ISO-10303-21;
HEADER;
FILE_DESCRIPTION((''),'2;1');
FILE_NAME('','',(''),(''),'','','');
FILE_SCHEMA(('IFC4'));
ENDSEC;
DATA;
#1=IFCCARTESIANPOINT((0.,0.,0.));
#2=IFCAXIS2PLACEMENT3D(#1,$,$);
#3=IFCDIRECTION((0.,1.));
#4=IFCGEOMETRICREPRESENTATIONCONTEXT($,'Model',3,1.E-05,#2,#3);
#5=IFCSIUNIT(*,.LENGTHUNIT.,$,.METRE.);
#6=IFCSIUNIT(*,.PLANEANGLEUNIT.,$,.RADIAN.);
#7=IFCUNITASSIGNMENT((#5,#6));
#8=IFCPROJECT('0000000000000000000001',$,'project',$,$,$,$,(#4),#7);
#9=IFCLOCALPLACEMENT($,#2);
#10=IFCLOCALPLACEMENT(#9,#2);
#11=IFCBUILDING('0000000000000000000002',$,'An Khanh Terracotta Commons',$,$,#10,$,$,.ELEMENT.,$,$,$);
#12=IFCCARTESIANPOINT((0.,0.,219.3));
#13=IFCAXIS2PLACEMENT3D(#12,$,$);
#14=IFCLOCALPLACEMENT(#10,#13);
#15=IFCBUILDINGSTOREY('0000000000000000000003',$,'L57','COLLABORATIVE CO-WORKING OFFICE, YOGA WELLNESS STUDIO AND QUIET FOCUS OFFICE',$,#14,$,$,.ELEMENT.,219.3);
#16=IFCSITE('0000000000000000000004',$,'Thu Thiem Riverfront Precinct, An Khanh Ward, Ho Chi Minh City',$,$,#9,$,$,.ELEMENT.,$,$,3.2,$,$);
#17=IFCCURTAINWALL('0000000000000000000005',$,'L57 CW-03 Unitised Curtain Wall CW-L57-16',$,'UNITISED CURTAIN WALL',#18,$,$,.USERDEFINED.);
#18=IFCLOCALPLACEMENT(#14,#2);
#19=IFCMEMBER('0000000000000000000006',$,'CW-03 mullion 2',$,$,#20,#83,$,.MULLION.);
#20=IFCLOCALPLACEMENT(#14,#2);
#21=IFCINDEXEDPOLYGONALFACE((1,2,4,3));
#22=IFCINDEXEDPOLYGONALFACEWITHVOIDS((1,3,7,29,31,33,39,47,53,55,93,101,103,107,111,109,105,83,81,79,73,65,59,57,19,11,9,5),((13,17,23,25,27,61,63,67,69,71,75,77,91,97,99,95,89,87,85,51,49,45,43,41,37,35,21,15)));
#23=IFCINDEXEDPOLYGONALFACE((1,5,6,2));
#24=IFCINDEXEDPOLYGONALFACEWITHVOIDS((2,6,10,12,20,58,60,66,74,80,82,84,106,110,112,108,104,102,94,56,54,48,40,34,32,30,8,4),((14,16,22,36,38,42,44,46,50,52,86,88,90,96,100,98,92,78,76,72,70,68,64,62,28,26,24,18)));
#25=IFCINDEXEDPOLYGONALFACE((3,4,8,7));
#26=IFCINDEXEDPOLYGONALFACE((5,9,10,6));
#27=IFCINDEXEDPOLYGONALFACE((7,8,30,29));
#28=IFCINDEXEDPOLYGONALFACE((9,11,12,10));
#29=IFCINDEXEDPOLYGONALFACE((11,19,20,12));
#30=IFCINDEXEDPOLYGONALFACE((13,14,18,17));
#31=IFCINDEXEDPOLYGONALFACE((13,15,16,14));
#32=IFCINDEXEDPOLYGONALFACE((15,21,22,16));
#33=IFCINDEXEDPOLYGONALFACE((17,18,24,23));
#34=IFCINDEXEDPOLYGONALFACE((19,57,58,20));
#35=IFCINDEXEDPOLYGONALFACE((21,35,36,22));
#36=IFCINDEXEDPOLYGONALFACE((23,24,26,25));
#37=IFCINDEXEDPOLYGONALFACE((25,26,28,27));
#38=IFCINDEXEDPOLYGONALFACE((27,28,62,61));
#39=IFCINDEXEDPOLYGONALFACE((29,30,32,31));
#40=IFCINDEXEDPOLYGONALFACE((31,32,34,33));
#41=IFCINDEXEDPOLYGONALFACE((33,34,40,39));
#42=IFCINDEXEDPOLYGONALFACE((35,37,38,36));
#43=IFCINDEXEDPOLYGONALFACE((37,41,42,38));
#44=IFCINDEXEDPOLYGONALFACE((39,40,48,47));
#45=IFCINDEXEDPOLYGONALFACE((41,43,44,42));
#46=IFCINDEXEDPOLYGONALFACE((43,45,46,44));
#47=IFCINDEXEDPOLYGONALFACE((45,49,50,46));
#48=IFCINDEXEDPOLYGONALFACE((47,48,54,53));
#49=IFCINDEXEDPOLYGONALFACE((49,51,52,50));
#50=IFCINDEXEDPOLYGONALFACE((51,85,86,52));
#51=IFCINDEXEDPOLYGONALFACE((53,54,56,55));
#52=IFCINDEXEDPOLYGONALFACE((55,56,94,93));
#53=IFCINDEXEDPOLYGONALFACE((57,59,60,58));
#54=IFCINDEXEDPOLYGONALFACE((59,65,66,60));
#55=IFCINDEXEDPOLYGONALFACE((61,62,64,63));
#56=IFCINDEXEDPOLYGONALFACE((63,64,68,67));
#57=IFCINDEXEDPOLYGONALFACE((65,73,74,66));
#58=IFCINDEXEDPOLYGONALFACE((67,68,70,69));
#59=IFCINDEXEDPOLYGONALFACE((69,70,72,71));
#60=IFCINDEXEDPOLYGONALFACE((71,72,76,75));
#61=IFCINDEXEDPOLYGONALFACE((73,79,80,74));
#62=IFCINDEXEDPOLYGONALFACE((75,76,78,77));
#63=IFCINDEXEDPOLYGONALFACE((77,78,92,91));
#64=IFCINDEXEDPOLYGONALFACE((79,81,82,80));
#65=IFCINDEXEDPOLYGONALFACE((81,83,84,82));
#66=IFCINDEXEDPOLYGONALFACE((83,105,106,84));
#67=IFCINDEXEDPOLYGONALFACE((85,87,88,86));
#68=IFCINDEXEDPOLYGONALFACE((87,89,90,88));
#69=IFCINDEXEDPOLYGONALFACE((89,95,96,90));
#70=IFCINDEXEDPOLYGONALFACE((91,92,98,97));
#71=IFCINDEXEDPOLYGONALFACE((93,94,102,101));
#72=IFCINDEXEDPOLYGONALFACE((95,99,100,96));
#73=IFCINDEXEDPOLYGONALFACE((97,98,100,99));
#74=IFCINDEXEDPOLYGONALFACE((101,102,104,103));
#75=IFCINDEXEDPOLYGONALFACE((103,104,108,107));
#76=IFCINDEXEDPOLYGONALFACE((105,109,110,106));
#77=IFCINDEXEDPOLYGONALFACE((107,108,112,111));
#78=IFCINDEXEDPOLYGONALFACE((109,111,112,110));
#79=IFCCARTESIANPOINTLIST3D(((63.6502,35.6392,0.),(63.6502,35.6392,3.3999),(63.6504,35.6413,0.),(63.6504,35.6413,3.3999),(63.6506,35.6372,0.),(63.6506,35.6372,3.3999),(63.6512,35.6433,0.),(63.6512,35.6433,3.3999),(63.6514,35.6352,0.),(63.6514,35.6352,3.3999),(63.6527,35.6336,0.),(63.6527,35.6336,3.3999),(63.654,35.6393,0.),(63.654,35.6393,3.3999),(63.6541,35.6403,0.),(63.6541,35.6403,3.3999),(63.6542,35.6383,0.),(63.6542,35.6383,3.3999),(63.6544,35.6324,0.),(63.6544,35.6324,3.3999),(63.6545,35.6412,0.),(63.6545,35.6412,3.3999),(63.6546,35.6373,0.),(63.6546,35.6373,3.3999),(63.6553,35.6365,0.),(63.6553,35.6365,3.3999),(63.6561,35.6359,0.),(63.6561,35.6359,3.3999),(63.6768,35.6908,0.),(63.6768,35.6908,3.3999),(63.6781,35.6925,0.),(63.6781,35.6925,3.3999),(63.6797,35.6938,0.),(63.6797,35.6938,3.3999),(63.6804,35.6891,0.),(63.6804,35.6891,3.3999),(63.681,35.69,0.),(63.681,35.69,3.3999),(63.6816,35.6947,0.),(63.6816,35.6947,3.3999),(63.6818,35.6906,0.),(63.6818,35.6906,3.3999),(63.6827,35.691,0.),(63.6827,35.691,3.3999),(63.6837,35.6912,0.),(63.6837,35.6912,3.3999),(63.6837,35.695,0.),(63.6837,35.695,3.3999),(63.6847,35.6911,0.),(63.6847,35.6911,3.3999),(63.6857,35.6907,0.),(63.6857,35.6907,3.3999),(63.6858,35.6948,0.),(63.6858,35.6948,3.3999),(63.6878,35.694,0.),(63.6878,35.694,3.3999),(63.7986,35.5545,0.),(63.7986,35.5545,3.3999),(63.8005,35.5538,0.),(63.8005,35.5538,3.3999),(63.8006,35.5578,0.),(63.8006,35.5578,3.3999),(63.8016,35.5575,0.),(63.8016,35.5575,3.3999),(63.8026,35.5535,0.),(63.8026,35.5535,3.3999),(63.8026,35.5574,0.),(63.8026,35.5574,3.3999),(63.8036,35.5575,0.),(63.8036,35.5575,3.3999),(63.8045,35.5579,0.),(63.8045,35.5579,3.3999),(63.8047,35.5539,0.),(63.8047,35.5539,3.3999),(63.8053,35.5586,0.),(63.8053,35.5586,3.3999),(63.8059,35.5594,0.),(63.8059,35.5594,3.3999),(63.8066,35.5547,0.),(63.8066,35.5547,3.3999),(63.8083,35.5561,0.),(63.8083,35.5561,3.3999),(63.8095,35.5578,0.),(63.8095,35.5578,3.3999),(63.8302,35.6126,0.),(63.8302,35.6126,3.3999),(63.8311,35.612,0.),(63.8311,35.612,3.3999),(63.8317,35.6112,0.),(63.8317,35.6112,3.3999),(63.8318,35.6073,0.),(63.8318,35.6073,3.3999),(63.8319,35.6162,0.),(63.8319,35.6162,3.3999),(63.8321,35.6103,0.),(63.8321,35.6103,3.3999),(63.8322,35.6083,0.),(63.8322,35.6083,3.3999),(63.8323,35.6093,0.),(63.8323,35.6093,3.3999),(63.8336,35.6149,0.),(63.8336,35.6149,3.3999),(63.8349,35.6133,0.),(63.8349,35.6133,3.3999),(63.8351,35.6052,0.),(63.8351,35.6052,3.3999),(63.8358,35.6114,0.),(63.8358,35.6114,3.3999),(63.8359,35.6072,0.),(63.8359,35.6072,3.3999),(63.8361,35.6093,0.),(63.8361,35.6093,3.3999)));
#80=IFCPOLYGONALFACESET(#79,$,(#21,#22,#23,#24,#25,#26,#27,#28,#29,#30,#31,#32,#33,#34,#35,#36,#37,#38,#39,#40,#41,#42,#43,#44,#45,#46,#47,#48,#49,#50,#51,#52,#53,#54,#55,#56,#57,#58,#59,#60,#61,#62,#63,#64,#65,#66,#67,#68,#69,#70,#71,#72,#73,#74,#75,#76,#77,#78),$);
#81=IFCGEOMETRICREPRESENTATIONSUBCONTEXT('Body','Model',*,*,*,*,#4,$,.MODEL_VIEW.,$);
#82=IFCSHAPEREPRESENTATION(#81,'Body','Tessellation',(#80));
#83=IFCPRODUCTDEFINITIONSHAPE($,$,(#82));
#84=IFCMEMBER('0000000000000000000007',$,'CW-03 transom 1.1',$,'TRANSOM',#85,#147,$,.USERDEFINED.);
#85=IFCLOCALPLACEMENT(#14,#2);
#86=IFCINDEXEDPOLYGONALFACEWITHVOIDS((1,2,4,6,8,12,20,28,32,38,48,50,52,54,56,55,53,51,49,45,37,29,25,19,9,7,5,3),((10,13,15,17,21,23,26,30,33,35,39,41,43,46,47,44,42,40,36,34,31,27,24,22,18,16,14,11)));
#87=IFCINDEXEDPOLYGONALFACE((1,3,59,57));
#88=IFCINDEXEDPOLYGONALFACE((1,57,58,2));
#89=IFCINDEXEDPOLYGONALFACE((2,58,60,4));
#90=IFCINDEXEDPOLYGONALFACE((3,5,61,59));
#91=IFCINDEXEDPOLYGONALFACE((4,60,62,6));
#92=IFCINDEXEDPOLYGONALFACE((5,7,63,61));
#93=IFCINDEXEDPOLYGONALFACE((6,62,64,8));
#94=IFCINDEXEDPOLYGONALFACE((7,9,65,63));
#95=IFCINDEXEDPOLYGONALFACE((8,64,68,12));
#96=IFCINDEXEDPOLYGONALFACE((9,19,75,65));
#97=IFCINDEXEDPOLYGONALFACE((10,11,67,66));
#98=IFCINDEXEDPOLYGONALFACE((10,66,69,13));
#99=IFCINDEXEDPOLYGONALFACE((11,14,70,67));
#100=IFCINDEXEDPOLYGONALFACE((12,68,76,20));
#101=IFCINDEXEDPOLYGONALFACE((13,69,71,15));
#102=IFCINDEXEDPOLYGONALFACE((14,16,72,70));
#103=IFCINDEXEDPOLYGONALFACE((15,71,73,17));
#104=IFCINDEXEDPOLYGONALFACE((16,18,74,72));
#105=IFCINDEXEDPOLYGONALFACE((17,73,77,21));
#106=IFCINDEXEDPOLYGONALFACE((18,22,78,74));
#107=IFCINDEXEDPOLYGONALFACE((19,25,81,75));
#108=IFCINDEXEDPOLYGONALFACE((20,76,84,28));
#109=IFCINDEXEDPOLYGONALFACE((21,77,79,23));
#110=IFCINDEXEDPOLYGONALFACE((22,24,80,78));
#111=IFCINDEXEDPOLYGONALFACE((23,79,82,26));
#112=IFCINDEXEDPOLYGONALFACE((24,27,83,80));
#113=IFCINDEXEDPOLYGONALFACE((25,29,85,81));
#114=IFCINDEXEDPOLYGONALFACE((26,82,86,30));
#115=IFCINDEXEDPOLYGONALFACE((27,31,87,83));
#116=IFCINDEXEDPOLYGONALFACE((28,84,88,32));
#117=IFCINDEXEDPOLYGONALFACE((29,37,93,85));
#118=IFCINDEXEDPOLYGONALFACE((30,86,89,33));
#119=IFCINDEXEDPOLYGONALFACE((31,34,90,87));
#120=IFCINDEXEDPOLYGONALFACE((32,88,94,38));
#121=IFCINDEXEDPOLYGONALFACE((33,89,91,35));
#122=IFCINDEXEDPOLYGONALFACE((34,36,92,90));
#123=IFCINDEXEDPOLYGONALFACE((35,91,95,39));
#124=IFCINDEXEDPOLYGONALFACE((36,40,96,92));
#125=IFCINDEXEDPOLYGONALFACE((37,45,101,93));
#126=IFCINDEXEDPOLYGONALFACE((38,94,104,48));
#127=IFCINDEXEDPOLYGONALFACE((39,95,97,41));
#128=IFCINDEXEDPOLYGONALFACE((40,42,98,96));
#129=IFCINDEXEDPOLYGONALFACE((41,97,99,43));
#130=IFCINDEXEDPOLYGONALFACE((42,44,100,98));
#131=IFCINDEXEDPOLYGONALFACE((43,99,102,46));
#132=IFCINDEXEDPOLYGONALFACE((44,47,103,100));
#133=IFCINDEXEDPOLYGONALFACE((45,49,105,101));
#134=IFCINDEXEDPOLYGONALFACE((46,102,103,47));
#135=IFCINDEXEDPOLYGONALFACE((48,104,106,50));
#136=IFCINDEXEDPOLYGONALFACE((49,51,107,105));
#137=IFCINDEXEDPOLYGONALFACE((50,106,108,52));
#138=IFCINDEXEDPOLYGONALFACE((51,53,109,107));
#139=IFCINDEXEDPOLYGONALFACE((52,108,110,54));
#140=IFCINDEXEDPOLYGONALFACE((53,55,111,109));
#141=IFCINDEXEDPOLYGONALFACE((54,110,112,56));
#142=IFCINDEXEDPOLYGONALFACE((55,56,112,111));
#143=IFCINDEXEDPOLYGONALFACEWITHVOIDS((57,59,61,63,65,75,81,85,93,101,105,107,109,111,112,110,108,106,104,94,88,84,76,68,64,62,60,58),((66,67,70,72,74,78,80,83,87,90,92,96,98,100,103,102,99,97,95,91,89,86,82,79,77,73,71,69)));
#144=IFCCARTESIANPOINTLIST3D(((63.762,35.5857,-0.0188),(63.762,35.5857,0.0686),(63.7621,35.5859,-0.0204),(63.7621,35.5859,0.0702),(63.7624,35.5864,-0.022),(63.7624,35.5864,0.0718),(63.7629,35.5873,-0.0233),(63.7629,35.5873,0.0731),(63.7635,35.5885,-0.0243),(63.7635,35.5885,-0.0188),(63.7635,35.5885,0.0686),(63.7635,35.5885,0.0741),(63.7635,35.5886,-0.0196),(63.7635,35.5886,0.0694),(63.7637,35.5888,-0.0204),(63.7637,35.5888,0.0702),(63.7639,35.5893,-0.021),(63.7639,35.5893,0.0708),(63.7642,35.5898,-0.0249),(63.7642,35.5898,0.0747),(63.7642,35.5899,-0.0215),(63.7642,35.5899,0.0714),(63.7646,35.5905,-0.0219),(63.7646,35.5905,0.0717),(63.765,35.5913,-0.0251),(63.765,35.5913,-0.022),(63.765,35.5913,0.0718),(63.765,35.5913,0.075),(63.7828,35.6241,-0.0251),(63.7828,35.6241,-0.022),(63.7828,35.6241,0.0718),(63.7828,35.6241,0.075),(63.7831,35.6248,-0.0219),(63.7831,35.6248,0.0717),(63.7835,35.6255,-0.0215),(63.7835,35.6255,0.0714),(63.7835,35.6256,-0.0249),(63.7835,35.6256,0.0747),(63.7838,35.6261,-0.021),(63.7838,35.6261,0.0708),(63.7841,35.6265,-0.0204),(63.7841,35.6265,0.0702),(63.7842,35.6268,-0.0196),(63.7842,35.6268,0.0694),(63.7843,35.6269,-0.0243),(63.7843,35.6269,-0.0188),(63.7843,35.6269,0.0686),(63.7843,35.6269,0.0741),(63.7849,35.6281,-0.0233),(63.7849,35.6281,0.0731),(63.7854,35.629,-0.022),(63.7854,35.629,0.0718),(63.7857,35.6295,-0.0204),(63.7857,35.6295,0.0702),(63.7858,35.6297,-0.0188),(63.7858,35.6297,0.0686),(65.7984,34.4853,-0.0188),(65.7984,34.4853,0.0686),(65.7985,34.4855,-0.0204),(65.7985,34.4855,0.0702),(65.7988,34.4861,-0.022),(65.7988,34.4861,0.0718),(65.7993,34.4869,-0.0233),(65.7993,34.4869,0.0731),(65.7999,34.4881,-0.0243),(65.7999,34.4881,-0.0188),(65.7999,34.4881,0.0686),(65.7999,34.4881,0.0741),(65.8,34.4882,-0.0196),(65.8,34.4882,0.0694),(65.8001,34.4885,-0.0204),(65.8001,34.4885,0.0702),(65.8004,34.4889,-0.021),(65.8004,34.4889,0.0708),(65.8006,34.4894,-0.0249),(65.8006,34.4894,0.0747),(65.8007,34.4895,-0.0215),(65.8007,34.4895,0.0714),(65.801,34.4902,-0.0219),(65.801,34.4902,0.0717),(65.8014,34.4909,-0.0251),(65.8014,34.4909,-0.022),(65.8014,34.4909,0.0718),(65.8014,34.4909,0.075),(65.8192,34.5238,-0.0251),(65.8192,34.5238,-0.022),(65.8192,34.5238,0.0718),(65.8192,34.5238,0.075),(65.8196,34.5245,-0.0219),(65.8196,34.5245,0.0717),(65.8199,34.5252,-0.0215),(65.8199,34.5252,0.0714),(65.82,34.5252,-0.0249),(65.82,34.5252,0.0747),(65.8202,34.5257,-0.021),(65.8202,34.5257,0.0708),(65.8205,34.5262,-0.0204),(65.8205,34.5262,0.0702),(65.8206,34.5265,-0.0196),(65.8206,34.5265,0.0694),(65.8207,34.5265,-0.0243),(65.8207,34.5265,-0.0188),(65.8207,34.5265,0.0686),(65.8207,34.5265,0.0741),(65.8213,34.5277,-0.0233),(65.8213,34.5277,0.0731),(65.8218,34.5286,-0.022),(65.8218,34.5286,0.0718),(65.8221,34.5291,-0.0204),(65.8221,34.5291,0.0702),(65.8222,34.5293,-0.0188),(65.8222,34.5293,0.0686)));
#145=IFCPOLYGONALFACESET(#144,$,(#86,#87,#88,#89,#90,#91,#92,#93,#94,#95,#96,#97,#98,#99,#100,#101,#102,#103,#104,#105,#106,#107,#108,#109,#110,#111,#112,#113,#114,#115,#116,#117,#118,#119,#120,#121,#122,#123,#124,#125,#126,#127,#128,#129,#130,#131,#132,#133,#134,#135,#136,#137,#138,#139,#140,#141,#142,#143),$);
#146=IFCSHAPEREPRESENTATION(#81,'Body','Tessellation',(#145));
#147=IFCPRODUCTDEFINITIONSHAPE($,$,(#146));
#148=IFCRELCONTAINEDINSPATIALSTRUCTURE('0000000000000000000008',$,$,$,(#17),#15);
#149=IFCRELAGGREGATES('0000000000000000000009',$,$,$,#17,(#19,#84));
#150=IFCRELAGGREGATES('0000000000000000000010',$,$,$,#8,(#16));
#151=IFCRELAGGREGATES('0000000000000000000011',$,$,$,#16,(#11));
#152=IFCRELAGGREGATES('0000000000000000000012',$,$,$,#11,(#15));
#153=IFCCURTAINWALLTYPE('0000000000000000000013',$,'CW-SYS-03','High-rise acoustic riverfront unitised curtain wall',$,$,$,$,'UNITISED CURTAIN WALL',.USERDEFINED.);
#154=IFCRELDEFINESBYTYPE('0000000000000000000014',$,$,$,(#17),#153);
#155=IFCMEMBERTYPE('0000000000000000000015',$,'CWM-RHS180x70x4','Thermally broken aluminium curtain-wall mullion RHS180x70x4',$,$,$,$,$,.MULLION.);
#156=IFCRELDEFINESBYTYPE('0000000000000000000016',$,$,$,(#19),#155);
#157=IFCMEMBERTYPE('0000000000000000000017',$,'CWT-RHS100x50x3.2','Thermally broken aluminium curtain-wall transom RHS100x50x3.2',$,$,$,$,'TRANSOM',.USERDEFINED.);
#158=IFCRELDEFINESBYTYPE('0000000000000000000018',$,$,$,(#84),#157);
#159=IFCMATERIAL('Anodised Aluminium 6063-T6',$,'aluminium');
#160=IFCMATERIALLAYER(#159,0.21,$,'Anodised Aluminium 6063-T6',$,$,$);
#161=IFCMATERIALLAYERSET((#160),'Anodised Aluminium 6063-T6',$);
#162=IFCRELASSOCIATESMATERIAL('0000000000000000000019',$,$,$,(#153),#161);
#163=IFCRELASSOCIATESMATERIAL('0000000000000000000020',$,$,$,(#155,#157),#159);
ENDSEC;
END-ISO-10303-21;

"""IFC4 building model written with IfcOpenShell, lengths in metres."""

from ifc_helpers import new_model, si_unit, direction, frame, origin, origin_2d, place, context, subcontext, project, spatial, hollow_rectangle, extrude, material, layer, layer_set, material_profile, profile_set, type_object, element, aggregate, save


model = new_model("IFC4")

# Units and contexts
model_context = context("Model", 3, precision=1e-05, world=origin(), true_north=direction((0.0, 1.0)))
body_context = subcontext(model_context, "Body", "Model", "MODEL_VIEW")
ifc_project = project(units=[si_unit("LENGTHUNIT", "METRE"), si_unit("PLANEANGLEUNIT", "RADIAN")], contexts=[model_context])

# Site, building, storey
site_placement = place(None, origin())
site = spatial("IfcSite", under=ifc_project, at=site_placement, Name="Thu Thiem Riverfront Precinct, An Khanh Ward, Ho Chi Minh City", CompositionType="ELEMENT", RefElevation=3.2)
building_placement = place(site_placement, origin())
building = spatial("IfcBuilding", under=site, at=building_placement, Name="An Khanh Terracotta Commons", CompositionType="ELEMENT")
storey_placement = place(building_placement, frame((0.0, 0.0, 219.3)))
storey = spatial("IfcBuildingStorey", under=building, at=storey_placement, Name="L57", Description="COLLABORATIVE CO-WORKING OFFICE, YOGA WELLNESS STUDIO AND QUIET FOCUS OFFICE", CompositionType="ELEMENT", Elevation=219.3)

# Shared definitions
ifc_material_1 = material(Name="Anodised Aluminium 6063-T6", Category="aluminium")

# Curtain wall, members
ifc_layer_1 = layer(ifc_material_1, 0.21, Name="Anodised Aluminium 6063-T6")
ifc_layer_set_1 = layer_set([ifc_layer_1], Name="Anodised Aluminium 6063-T6")
curtain_wall_type_1 = type_object("IfcCurtainWallType", Name="CW-SYS-03", Description="High-rise acoustic riverfront unitised curtain wall", ElementType="UNITISED CURTAIN WALL", PredefinedType="USERDEFINED", material=ifc_layer_set_1)
curtain_wall_1_placement = place(storey_placement, origin())
curtain_wall_1 = element("IfcCurtainWall", 1, at=curtain_wall_1_placement, inside=storey, type_object=curtain_wall_type_1, Name="L57 CW-03 Unitised Curtain Wall CW-L57-16", ObjectType="UNITISED CURTAIN WALL", PredefinedType="USERDEFINED")
ifc_material_profile_1 = material_profile(ifc_material_1, hollow_rectangle(XDim=0.0701, YDim=0.1799, WallThickness=0.0039, InnerFilletRadius=0.0039, OuterFilletRadius=0.0081, at=origin_2d()), Name="RHS180x70x4")
ifc_profile_set_1 = profile_set([ifc_material_profile_1], Name="Anodised Aluminium 6063-T6")
member_type_1 = type_object("IfcMemberType", Name="CWM-RHS180x70x4", Description="Thermally broken aluminium curtain-wall mullion RHS180x70x4", PredefinedType="MULLION", material=ifc_profile_set_1)
member_1_placement = place(storey_placement, frame((63.7432, 35.6243, 0.0), z_axis=(0.0, 0.0, 1.0), x_axis=(-0.475381, -0.87978, 0.0)))
member_1 = element("IfcMember", 2, at=member_1_placement, type_object=member_type_1, Name="CW-03 mullion 2", PredefinedType="MULLION", context=body_context, shape_type="SweptSolid", body=[
    extrude(hollow_rectangle(XDim=0.0701, YDim=0.1799, WallThickness=0.0039, InnerFilletRadius=0.0039, OuterFilletRadius=0.0081, at=origin_2d()), origin(), (0.0, 0.0, 1.0), 3.3999),
])
ifc_material_profile_2 = material_profile(ifc_material_1, hollow_rectangle(XDim=0.05, YDim=0.1001, WallThickness=0.0032, InnerFilletRadius=0.0032, OuterFilletRadius=0.0063, at=origin_2d()), Name="RHS100x50x3.2")
ifc_profile_set_2 = profile_set([ifc_material_profile_2], Name="Anodised Aluminium 6063-T6")
member_type_2 = type_object("IfcMemberType", Name="CWT-RHS100x50x3.2", Description="Thermally broken aluminium curtain-wall transom RHS100x50x3.2", ElementType="TRANSOM", PredefinedType="USERDEFINED", material=ifc_profile_set_2)
member_2_placement = place(storey_placement, frame((65.8103, 34.5073, 0.0249), z_axis=(-0.879779, 0.475382, 0.0), x_axis=(-0.475382, -0.879779, 0.0)))
member_2 = element("IfcMember", 3, at=member_2_placement, type_object=member_type_2, Name="CW-03 transom 1.1", ObjectType="TRANSOM", PredefinedType="USERDEFINED", context=body_context, shape_type="SweptSolid", body=[
    extrude(hollow_rectangle(XDim=0.05, YDim=0.1001, WallThickness=0.0032, InnerFilletRadius=0.0032, OuterFilletRadius=0.0063, at=origin_2d()), origin(), (0.0, 0.0, 1.0), 2.3147),
])

aggregate(curtain_wall_1, [member_1, member_2])

save(model, "model.ifc")
